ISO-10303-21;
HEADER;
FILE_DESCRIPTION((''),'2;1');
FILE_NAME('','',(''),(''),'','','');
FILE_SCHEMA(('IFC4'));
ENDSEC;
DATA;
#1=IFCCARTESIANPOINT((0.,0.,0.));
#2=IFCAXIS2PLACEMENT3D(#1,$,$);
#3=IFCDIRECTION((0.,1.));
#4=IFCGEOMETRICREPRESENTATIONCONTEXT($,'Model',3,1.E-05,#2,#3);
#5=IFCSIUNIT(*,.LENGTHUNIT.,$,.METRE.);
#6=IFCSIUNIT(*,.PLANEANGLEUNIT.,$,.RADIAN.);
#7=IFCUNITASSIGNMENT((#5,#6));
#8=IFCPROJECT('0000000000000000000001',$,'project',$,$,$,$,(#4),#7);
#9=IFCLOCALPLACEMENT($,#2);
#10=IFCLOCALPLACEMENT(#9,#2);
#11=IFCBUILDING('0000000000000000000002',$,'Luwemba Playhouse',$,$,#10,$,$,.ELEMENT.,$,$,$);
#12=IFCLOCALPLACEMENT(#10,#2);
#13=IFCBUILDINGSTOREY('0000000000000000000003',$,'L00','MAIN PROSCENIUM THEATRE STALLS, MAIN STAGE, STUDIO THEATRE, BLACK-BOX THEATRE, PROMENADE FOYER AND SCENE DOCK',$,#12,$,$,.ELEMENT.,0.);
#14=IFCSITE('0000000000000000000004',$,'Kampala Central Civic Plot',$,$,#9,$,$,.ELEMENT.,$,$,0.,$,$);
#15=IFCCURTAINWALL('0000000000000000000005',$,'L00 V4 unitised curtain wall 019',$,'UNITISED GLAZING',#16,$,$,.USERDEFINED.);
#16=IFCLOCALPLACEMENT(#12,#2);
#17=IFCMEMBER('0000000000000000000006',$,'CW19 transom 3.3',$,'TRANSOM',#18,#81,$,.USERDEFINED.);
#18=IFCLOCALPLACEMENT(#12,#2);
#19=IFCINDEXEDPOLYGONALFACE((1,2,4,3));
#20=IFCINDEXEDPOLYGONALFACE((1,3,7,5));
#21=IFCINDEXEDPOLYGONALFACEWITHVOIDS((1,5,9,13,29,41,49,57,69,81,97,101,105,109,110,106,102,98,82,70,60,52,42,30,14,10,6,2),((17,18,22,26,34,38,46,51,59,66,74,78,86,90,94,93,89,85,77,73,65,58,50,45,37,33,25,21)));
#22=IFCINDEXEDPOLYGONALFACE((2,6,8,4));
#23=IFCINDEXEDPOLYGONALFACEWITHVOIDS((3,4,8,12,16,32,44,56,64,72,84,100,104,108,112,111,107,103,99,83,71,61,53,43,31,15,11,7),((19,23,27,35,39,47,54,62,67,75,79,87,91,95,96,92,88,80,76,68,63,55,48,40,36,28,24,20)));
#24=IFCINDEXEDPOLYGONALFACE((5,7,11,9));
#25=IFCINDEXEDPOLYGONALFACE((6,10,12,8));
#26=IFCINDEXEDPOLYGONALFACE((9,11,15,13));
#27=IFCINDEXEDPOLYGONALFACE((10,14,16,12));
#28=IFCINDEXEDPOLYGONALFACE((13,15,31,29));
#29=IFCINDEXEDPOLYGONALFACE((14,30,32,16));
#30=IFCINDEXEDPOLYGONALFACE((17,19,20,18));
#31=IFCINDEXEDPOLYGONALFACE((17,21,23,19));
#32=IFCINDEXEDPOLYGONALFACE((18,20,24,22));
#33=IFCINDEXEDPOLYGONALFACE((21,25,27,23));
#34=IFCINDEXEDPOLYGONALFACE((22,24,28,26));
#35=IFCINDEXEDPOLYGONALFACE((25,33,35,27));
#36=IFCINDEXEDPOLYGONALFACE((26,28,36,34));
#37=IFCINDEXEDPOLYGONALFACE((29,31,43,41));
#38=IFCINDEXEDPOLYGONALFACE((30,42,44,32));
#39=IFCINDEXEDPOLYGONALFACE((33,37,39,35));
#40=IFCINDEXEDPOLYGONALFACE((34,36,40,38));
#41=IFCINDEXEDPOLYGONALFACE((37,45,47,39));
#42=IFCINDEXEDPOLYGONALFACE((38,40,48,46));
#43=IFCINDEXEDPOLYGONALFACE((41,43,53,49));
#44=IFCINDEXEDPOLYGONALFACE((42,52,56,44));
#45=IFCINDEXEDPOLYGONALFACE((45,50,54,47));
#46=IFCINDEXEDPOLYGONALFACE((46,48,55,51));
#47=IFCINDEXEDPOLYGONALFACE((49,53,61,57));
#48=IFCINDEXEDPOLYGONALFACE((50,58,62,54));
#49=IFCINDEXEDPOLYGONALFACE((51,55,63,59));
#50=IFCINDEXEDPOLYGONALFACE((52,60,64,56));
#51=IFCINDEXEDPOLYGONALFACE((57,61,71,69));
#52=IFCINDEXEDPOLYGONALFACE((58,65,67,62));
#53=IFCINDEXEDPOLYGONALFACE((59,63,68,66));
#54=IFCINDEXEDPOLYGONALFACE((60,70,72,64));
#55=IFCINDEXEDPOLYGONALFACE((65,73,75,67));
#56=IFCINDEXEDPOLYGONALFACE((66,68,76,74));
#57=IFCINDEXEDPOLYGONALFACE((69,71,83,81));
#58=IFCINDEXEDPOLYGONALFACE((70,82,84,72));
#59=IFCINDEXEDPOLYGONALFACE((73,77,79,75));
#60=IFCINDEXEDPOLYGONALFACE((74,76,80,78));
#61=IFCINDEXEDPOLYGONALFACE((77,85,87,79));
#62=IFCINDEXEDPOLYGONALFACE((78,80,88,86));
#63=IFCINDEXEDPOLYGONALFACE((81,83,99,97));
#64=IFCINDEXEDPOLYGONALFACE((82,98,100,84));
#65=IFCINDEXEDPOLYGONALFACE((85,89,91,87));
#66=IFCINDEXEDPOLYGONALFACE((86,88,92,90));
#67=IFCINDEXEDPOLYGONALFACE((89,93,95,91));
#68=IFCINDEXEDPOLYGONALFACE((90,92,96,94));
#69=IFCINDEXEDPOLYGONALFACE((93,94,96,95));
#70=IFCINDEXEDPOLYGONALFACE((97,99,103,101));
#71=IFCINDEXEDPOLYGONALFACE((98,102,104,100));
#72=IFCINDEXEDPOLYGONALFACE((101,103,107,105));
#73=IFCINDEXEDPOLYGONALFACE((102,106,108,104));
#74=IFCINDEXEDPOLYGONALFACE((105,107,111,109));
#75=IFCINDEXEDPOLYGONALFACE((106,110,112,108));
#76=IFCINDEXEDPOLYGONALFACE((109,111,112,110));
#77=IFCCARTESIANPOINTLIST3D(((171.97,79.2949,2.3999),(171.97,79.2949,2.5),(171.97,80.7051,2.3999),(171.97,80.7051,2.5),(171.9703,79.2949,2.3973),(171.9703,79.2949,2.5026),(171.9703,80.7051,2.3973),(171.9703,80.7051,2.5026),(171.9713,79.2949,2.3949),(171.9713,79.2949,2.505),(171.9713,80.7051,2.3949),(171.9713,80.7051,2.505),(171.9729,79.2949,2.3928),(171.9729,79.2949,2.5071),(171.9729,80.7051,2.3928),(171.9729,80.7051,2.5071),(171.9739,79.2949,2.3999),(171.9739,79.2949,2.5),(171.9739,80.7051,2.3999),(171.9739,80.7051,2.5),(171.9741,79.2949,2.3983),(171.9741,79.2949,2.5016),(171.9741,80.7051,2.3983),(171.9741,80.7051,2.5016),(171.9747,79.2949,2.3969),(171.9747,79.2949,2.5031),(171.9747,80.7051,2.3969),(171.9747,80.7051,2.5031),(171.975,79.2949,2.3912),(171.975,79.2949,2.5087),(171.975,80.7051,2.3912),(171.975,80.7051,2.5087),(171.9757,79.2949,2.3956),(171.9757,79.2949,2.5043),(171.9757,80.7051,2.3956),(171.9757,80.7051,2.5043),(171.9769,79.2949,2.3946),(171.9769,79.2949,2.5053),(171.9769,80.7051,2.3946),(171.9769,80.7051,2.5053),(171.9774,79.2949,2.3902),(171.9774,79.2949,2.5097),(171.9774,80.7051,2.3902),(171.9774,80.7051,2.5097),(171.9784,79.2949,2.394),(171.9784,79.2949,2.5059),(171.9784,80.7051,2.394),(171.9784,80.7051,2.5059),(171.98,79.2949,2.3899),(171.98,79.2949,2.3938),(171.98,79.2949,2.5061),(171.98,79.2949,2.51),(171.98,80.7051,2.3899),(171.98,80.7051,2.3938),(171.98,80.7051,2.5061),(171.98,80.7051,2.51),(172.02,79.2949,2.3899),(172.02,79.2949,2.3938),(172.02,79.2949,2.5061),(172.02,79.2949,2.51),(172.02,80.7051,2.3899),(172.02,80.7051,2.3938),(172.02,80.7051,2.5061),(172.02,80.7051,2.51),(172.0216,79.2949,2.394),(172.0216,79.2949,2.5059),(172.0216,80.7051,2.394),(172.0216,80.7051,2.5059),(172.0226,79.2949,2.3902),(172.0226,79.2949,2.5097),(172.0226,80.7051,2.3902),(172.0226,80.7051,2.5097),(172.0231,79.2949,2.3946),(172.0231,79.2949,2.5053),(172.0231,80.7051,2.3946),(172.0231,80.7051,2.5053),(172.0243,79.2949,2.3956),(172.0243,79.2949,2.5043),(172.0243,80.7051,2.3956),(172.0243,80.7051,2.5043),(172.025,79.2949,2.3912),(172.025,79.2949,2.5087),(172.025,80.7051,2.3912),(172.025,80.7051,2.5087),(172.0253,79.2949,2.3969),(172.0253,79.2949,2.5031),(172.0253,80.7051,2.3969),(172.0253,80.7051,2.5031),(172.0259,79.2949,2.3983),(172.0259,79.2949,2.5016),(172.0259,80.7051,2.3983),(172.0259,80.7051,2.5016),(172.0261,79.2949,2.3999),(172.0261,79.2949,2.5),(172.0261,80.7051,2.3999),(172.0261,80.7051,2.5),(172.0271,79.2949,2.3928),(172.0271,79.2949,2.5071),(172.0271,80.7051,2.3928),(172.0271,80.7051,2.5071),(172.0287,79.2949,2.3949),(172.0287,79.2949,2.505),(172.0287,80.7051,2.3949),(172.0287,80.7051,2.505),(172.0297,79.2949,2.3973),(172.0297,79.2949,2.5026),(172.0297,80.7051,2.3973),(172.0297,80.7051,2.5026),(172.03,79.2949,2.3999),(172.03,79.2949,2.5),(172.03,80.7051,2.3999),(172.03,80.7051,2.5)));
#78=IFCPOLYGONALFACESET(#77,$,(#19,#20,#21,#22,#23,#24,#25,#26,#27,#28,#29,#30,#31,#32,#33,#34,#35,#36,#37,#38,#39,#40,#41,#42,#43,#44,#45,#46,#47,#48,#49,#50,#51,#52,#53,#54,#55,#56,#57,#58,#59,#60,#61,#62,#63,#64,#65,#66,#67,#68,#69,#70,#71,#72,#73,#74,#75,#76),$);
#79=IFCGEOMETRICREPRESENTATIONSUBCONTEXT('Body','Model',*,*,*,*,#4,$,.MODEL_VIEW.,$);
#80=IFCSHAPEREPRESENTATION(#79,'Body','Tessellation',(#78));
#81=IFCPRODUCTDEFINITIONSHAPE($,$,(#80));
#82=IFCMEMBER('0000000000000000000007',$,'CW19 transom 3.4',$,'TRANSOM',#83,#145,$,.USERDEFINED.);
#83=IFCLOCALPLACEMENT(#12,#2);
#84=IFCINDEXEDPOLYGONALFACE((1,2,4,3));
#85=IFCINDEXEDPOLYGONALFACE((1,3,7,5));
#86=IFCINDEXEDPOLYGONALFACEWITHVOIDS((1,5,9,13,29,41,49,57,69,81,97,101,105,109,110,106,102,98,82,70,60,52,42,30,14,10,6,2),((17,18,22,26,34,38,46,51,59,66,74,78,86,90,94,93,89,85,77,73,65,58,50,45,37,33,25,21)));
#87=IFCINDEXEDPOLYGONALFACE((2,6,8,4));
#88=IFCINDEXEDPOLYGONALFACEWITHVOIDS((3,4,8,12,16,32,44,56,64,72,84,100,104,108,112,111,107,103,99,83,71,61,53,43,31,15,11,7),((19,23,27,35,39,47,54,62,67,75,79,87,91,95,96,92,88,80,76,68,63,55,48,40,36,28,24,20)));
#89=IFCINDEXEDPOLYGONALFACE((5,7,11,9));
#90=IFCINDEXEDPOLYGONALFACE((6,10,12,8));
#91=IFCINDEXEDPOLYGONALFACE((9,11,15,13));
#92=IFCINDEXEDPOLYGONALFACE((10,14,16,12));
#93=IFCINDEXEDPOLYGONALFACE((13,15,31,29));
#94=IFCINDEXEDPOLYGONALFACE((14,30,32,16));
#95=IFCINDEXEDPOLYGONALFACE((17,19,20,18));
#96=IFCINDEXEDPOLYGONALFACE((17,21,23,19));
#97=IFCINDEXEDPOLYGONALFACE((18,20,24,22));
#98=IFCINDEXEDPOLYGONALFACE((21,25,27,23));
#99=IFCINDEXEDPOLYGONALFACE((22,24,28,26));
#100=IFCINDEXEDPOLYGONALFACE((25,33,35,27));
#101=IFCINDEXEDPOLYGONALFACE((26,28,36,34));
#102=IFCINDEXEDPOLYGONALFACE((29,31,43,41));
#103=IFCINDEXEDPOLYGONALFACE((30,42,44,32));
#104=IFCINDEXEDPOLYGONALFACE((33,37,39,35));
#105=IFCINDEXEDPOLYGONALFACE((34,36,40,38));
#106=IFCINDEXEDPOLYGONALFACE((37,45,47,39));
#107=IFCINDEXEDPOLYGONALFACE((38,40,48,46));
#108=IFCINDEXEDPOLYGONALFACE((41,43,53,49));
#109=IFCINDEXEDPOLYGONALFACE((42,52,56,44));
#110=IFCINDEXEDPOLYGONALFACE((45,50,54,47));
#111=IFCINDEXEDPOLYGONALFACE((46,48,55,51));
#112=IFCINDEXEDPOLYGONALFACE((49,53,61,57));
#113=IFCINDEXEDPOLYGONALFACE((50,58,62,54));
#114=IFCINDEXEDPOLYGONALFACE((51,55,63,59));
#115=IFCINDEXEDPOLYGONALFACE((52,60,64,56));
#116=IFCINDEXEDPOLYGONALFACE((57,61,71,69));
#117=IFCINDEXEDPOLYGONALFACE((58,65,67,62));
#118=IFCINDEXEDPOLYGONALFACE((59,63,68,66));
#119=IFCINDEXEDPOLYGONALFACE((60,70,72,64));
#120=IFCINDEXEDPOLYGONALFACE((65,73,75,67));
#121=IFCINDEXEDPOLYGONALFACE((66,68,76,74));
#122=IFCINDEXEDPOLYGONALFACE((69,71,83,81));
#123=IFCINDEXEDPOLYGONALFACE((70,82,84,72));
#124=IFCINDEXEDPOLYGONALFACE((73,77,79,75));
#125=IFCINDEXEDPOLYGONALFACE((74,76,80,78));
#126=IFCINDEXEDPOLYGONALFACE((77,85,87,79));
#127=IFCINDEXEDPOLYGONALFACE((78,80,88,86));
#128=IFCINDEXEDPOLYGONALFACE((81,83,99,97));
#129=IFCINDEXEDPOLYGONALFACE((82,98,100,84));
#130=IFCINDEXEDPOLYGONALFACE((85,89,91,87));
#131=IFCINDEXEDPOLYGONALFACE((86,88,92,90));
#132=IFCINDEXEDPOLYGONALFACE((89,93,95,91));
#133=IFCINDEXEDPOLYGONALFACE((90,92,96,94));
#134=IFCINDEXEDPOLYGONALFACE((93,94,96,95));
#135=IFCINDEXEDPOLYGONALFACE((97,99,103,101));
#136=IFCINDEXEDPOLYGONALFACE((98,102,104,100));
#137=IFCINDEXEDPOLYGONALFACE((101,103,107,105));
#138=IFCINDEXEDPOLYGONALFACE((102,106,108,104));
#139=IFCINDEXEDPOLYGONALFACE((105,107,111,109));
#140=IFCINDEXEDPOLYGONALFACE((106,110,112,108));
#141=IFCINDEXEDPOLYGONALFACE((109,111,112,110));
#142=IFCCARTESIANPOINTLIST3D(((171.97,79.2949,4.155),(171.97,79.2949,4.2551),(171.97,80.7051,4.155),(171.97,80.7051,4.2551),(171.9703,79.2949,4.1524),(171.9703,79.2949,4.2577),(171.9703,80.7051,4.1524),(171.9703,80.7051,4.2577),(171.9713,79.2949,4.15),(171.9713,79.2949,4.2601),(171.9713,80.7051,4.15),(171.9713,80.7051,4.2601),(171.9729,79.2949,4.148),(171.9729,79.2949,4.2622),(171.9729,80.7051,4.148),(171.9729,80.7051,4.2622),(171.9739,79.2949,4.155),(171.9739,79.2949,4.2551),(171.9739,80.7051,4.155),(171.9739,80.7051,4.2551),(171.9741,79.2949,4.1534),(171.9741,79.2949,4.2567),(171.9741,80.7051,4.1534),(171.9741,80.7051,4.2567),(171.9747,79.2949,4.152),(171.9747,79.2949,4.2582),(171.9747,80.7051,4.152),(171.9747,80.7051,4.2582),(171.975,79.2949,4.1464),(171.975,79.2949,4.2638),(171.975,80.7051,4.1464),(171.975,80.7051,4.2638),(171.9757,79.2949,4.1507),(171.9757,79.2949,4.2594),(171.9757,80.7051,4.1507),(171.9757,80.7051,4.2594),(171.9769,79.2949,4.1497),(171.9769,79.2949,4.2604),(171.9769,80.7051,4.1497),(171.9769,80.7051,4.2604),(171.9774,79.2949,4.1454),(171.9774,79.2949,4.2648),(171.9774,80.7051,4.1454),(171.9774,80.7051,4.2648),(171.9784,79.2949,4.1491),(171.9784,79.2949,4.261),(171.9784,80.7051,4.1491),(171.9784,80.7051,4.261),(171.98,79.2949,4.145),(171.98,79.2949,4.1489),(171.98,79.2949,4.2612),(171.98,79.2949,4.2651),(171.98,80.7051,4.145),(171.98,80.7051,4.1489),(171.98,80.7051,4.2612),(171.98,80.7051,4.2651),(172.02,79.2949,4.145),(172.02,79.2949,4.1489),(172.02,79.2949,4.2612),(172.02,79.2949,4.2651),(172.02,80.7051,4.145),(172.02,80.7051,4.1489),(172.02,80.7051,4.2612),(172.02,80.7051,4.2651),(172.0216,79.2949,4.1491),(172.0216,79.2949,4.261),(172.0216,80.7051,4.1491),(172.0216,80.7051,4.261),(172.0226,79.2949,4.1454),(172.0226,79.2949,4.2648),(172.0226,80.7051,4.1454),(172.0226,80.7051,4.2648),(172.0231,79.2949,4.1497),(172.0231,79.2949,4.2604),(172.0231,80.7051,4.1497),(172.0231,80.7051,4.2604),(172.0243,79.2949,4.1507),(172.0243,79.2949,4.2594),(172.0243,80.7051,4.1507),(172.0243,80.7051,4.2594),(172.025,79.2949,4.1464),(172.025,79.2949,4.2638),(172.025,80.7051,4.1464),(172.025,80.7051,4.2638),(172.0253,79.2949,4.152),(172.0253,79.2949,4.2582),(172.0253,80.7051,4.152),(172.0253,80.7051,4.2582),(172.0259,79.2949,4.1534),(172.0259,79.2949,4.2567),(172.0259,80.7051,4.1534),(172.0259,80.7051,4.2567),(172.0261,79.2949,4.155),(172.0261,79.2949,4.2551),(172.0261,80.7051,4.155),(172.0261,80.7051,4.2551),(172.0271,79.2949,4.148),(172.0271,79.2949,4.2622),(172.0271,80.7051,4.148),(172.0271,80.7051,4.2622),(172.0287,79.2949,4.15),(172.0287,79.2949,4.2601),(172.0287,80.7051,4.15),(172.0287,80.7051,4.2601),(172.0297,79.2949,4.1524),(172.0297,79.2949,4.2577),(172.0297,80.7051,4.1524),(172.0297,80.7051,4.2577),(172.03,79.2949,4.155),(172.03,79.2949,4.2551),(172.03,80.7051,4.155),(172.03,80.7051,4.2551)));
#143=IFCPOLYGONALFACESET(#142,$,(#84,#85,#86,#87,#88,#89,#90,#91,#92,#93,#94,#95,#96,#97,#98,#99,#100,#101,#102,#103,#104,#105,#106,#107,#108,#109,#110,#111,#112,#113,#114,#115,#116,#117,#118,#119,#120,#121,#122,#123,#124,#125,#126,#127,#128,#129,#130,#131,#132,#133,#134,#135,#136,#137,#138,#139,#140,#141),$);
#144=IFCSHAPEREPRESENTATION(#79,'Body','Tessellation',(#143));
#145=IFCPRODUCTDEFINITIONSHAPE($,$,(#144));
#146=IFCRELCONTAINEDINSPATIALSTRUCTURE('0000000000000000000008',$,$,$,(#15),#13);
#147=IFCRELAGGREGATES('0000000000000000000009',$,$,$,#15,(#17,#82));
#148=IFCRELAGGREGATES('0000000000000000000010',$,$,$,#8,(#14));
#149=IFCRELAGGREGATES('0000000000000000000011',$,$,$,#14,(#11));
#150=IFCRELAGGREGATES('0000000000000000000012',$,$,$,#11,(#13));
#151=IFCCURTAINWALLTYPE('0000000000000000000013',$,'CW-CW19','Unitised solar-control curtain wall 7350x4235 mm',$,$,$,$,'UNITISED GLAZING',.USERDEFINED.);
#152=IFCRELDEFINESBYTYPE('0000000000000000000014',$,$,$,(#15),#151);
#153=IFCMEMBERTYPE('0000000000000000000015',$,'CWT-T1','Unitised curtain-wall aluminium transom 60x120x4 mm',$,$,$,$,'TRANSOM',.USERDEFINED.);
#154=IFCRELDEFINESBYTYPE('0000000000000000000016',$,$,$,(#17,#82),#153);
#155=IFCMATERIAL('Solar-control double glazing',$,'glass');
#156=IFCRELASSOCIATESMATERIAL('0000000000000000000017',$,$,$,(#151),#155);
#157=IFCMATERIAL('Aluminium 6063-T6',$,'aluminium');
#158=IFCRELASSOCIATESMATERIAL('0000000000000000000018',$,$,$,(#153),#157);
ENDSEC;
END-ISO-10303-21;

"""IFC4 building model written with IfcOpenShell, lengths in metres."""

from ifc_helpers import new_model, si_unit, direction, frame, origin, origin_2d, place, context, subcontext, project, spatial, hollow_rectangle, extrude, material, material_profile, profile_set, type_object, element, aggregate, save


model = new_model("IFC4")

# Units and contexts
model_context = context("Model", 3, precision=1e-05, world=origin(), true_north=direction((0.0, 1.0)))
body_context = subcontext(model_context, "Body", "Model", "MODEL_VIEW")
ifc_project = project(units=[si_unit("LENGTHUNIT", "METRE"), si_unit("PLANEANGLEUNIT", "RADIAN")], contexts=[model_context])

# Site, building, storey
site_placement = place(None, origin())
site = spatial("IfcSite", under=ifc_project, at=site_placement, Name="Kampala Central Civic Plot", CompositionType="ELEMENT", RefElevation=0.0)
building_placement = place(site_placement, origin())
building = spatial("IfcBuilding", under=site, at=building_placement, Name="Luwemba Playhouse", CompositionType="ELEMENT")
storey_placement = place(building_placement, origin())
storey = spatial("IfcBuildingStorey", under=building, at=storey_placement, Name="L00", Description="MAIN PROSCENIUM THEATRE STALLS, MAIN STAGE, STUDIO THEATRE, BLACK-BOX THEATRE, PROMENADE FOYER AND SCENE DOCK", CompositionType="ELEMENT", Elevation=0.0)

# Curtain wall, members
ifc_material_1 = material(Name="Solar-control double glazing", Category="glass")
curtain_wall_type = type_object("IfcCurtainWallType", Name="CW-CW19", Description="Unitised solar-control curtain wall 7350x4235 mm", ElementType="UNITISED GLAZING", PredefinedType="USERDEFINED", material=ifc_material_1)
curtain_wall_placement = place(storey_placement, origin())
curtain_wall = element("IfcCurtainWall", 1, at=curtain_wall_placement, inside=storey, type_object=curtain_wall_type, Name="L00 V4 unitised curtain wall 019", ObjectType="UNITISED GLAZING", PredefinedType="USERDEFINED")
ifc_material_2 = material(Name="Aluminium 6063-T6", Category="aluminium")
ifc_material_profile_1 = material_profile(ifc_material_2, hollow_rectangle(XDim=0.0601, YDim=0.1201, WallThickness=0.0039, InnerFilletRadius=0.0061, OuterFilletRadius=0.01, at=origin_2d()))
ifc_profile_set_1 = profile_set([ifc_material_profile_1], Name="Aluminium 6063-T6")
member_type_1 = type_object("IfcMemberType", Name="CWT-T1", Description="Unitised curtain-wall aluminium transom 60x120x4 mm", ElementType="TRANSOM", PredefinedType="USERDEFINED", material=ifc_profile_set_1)
member_1_placement = place(storey_placement, frame((172.0, 80.7051, 2.45), z_axis=(0.0, -1.0, 0.0), x_axis=(1.0, 0.0, 0.0)))
member_1 = element("IfcMember", 2, at=member_1_placement, type_object=member_type_1, Name="CW19 transom 3.3", ObjectType="TRANSOM", PredefinedType="USERDEFINED", context=body_context, shape_type="SweptSolid", body=[
    extrude(hollow_rectangle(XDim=0.0601, YDim=0.1201, WallThickness=0.0039, InnerFilletRadius=0.0061, OuterFilletRadius=0.01, at=origin_2d()), origin(), (0.0, 0.0, 1.0), 1.4102),
])
member_2_placement = place(storey_placement, frame((172.0, 80.7051, 4.2051), z_axis=(0.0, -1.0, 0.0), x_axis=(1.0, 0.0, 0.0)))
member_2 = element("IfcMember", 3, at=member_2_placement, type_object=member_type_1, Name="CW19 transom 3.4", ObjectType="TRANSOM", PredefinedType="USERDEFINED", context=body_context, shape_type="SweptSolid", body=[
    extrude(hollow_rectangle(XDim=0.0601, YDim=0.1201, WallThickness=0.0039, InnerFilletRadius=0.0061, OuterFilletRadius=0.01, at=origin_2d()), origin(), (0.0, 0.0, 1.0), 1.4102),
])
aggregate(curtain_wall, [member_1, member_2])

save(model, "model.ifc")
